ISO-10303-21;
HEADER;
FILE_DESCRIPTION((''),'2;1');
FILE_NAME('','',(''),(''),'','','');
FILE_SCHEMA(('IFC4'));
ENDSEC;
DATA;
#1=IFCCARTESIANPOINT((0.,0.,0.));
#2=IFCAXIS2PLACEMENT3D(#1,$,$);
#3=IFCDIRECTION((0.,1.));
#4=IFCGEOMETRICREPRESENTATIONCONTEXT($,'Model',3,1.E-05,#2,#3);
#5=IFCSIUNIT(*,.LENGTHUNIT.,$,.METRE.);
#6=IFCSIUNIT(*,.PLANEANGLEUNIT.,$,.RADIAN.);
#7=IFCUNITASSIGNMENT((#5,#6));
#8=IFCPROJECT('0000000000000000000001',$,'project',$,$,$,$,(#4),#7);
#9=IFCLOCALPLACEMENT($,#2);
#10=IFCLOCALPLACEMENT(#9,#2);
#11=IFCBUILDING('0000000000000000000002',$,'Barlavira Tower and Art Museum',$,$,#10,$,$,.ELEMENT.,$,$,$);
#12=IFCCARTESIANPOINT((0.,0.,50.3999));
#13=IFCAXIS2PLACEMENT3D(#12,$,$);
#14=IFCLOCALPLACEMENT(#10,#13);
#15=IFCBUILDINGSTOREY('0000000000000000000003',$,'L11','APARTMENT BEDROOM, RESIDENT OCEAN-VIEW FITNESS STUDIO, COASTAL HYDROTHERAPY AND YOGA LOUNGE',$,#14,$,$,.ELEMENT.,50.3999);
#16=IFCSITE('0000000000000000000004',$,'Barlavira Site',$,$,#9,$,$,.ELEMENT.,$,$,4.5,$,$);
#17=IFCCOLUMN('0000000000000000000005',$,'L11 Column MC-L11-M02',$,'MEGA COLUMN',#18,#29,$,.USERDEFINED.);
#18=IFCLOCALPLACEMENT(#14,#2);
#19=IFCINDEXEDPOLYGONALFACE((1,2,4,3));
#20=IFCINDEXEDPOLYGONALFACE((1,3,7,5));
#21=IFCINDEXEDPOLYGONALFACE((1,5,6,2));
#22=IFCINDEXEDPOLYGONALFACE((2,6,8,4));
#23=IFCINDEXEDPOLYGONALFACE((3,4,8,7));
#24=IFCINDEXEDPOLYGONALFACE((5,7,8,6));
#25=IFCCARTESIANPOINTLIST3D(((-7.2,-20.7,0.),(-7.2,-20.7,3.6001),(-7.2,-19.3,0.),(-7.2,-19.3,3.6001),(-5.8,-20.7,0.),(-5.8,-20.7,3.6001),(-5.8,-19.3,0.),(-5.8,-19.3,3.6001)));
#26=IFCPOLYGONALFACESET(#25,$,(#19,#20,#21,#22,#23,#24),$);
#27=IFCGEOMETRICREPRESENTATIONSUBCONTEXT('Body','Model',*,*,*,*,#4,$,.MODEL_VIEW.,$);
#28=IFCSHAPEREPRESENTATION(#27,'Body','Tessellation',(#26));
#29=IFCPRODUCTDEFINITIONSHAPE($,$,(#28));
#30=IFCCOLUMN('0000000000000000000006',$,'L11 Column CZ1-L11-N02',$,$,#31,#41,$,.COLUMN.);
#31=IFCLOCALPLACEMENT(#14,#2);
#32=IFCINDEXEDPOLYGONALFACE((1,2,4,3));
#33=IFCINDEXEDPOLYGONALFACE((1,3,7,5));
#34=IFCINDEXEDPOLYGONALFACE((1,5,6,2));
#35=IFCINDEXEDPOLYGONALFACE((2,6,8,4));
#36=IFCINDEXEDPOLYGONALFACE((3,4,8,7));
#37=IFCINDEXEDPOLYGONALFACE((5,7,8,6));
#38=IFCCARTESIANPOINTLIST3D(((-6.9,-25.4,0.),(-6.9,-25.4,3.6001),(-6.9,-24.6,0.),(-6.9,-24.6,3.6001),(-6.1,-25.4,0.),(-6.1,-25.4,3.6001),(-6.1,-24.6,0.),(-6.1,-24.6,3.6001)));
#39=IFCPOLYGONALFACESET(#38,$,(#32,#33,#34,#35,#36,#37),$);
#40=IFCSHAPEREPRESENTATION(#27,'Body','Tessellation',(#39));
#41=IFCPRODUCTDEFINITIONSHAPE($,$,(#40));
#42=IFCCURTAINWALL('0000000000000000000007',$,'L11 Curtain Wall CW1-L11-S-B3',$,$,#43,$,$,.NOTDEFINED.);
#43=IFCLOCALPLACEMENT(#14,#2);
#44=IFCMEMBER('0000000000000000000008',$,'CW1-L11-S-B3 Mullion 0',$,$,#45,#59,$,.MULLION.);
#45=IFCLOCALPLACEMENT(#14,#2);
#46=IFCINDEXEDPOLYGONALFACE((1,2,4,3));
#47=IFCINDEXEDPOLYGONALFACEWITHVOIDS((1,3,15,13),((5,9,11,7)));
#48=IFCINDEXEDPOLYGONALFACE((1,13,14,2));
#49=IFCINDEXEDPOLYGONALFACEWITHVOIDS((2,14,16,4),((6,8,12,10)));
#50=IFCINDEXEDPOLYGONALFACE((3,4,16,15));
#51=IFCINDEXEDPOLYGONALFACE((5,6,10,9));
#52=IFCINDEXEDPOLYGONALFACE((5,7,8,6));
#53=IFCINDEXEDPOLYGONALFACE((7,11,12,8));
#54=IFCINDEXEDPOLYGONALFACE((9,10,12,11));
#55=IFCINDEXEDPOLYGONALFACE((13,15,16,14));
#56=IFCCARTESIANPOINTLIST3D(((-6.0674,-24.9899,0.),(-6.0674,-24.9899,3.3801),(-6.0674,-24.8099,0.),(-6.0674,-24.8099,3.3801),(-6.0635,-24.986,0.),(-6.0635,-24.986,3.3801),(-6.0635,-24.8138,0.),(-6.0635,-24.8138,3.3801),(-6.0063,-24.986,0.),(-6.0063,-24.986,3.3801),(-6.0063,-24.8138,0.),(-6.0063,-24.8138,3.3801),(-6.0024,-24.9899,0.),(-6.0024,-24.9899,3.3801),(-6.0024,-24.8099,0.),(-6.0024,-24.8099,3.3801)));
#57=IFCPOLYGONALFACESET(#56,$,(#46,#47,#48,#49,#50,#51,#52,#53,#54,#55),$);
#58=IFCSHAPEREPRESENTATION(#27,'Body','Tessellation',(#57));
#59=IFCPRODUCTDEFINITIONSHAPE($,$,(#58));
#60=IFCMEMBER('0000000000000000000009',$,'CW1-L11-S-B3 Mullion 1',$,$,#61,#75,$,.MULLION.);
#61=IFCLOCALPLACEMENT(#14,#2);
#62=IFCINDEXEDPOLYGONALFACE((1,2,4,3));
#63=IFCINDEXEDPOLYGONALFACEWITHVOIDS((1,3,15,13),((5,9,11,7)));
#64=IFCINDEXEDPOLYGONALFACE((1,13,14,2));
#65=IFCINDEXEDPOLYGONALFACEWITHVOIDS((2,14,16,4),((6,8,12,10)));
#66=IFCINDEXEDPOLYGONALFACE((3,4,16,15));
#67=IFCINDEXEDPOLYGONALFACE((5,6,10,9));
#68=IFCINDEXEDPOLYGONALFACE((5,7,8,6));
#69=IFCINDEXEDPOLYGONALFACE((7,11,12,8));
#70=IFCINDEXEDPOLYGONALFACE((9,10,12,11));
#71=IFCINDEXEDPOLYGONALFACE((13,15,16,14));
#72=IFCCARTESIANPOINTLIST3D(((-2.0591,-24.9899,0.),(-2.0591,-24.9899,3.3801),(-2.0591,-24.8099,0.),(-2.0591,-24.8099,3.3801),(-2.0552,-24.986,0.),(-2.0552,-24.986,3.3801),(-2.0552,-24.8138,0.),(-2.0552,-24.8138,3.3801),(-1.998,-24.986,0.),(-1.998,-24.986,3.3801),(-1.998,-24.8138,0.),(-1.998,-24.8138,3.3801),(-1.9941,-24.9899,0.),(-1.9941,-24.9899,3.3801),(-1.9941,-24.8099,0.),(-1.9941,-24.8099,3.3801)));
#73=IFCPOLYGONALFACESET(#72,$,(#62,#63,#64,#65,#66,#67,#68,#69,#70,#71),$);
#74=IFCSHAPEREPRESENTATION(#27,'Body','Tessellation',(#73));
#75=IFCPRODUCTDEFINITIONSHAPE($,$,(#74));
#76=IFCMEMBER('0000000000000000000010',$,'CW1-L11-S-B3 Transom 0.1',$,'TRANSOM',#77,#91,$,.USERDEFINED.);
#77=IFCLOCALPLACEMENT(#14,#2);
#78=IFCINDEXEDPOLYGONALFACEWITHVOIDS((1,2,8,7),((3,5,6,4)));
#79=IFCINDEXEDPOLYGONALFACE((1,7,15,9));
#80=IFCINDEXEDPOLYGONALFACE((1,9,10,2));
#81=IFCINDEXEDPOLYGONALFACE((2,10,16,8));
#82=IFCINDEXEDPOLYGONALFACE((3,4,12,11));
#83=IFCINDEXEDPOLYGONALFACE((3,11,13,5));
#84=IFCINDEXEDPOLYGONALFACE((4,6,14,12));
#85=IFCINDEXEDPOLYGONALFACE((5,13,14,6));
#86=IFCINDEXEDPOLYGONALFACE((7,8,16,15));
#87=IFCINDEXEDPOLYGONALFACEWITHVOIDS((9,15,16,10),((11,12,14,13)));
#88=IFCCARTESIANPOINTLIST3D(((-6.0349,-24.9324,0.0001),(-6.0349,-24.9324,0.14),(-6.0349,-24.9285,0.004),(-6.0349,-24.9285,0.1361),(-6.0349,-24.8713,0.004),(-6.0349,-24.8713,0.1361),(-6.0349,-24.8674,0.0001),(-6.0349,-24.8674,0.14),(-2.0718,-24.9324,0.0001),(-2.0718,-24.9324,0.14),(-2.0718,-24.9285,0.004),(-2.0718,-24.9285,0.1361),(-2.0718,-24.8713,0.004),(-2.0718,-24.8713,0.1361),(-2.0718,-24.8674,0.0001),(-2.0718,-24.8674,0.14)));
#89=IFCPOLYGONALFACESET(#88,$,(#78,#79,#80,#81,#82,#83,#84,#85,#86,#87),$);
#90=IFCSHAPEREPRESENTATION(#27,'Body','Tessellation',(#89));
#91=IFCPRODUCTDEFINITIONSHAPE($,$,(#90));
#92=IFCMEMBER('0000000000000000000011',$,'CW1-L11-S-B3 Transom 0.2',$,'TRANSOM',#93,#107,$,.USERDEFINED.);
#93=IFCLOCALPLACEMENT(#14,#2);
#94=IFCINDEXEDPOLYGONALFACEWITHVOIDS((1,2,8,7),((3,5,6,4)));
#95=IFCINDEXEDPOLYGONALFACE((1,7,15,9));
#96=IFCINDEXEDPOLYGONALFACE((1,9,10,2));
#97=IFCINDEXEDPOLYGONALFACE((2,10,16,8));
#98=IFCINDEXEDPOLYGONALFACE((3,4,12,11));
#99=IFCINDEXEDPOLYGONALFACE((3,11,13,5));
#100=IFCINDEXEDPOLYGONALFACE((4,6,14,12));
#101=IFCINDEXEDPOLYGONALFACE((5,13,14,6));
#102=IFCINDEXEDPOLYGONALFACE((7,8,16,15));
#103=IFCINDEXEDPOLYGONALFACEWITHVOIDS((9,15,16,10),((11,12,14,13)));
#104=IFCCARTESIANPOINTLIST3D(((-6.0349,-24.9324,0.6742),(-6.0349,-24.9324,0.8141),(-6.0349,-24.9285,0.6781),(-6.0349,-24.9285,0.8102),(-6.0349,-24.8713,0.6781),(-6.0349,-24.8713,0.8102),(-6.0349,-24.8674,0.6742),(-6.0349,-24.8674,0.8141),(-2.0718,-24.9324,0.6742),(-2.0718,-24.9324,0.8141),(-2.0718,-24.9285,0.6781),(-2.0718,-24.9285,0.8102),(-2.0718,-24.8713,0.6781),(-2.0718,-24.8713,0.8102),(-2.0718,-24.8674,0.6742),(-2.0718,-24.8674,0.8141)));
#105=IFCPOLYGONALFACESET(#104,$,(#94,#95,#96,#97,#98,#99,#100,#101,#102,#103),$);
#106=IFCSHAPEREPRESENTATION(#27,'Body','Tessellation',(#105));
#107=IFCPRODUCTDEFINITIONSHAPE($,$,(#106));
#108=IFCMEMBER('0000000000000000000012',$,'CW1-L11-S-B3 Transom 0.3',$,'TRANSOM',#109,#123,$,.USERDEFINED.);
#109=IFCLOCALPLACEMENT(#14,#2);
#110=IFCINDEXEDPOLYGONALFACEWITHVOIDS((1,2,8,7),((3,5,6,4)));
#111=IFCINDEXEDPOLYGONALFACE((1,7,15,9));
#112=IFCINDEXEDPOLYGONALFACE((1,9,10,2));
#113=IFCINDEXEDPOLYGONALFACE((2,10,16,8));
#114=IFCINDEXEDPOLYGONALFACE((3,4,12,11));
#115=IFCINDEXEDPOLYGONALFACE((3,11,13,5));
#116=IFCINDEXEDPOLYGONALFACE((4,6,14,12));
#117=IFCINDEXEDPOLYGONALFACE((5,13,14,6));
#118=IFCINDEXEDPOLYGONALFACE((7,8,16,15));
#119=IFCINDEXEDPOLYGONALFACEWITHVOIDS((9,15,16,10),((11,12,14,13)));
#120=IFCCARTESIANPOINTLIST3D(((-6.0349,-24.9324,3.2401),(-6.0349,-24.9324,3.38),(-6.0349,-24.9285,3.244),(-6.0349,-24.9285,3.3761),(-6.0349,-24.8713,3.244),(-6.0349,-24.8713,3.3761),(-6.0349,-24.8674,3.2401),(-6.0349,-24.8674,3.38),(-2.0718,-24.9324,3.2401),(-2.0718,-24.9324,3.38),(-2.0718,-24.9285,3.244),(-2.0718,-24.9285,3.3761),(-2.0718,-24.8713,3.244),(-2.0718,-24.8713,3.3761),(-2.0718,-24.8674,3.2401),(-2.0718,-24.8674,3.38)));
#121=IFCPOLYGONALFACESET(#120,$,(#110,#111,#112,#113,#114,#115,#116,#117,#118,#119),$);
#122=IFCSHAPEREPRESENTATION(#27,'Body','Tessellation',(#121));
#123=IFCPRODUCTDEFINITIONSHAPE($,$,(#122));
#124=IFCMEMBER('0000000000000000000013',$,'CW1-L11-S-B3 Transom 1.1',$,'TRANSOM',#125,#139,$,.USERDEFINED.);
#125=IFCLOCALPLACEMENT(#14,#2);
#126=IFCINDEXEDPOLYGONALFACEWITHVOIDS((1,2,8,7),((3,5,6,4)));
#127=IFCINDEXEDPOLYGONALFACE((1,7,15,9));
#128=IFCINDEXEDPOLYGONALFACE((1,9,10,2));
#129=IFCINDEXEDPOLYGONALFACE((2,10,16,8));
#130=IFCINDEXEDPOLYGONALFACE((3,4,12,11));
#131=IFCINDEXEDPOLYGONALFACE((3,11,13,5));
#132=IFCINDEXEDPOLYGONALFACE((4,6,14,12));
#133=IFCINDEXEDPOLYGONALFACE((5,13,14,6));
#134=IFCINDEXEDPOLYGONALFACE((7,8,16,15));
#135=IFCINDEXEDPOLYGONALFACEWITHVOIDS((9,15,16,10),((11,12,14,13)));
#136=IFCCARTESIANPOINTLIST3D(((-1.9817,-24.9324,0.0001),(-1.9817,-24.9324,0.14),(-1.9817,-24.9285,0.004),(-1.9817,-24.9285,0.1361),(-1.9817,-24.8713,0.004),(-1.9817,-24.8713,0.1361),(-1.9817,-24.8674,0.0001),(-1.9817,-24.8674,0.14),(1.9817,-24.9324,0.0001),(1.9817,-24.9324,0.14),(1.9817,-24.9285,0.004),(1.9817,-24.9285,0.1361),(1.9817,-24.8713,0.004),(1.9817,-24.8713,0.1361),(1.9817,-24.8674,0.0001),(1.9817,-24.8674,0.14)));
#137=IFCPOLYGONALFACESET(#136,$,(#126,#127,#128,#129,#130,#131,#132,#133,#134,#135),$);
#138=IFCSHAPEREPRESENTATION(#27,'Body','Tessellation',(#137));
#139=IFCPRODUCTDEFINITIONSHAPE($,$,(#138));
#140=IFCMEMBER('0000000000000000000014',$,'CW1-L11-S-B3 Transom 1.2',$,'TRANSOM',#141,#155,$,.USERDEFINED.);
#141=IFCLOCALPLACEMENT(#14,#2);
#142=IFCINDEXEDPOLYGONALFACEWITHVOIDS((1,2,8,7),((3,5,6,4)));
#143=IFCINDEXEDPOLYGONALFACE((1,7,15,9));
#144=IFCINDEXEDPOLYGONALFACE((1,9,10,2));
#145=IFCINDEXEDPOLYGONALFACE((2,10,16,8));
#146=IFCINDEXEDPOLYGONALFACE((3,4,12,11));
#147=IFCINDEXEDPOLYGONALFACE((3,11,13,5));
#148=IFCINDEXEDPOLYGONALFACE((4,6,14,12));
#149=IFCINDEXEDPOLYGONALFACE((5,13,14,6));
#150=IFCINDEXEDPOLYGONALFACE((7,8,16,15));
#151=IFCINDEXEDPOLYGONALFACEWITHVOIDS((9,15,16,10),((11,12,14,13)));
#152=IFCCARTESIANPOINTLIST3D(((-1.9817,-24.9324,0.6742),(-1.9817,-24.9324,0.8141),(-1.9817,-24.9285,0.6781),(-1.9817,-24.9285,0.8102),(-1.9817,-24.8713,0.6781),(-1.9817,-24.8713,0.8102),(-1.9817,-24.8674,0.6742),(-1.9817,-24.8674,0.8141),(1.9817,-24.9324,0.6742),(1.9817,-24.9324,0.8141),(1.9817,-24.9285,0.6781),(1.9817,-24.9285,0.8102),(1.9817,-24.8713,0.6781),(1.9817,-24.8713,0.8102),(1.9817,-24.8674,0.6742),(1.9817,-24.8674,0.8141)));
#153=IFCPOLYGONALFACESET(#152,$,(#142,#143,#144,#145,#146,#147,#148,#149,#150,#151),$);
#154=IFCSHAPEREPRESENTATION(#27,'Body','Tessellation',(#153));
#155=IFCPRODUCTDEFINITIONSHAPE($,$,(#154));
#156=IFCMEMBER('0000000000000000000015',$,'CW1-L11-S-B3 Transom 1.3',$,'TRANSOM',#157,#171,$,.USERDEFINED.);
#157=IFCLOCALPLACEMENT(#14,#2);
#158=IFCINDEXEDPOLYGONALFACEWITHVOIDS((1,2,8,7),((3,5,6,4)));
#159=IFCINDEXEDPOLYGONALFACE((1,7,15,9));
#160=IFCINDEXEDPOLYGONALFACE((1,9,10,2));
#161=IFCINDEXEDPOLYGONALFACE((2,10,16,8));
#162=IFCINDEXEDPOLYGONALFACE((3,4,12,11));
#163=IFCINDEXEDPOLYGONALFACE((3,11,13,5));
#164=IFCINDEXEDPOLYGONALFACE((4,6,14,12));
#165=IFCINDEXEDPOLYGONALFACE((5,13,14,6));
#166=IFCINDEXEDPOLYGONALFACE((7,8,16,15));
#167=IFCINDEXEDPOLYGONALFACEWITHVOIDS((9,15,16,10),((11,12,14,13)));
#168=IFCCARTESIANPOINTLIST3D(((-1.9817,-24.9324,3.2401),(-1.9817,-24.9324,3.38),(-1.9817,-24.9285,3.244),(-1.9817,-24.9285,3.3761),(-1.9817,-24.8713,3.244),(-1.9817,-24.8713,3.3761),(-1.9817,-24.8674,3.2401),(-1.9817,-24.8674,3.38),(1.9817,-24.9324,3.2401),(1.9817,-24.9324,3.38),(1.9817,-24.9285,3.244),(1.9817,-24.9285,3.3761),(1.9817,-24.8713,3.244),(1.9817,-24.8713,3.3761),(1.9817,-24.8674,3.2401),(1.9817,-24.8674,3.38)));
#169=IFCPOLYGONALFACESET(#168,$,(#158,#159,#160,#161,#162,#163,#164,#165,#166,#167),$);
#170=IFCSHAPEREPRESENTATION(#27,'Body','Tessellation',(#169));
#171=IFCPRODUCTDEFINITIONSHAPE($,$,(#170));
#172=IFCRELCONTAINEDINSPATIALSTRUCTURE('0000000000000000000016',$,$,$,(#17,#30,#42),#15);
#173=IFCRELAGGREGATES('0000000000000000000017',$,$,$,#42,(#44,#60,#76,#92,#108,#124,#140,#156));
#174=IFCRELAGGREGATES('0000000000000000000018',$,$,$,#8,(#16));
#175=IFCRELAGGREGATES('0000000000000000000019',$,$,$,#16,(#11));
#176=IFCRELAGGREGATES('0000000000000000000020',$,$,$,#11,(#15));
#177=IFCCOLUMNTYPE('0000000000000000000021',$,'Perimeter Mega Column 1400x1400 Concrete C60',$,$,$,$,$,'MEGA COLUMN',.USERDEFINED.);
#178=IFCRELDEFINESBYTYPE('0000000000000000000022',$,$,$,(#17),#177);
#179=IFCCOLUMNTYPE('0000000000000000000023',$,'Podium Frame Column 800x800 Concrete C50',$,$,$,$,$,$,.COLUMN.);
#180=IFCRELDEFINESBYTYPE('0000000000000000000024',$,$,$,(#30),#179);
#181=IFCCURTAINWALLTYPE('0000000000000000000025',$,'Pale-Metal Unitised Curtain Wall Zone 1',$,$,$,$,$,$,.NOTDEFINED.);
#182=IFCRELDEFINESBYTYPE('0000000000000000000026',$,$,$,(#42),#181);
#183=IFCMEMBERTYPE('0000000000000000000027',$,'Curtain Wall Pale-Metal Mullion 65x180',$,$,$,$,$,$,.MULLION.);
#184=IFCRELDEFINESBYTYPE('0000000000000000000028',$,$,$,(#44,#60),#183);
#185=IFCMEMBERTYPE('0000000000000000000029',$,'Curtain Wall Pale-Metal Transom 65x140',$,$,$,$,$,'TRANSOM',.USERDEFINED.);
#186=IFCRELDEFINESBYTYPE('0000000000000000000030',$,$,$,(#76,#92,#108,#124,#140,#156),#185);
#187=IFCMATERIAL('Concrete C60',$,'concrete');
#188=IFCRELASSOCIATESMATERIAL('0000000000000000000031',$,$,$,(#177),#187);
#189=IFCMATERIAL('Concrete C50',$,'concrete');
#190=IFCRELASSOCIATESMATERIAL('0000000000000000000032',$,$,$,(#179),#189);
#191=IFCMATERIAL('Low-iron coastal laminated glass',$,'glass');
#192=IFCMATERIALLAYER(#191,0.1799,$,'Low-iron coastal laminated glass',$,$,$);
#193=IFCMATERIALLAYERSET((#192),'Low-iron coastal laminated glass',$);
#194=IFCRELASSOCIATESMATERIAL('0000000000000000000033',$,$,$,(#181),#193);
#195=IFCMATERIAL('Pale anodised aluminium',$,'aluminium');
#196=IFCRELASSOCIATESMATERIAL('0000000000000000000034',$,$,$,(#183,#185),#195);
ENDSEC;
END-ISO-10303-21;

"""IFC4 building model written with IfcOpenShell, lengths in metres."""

from ifc_helpers import new_model, si_unit, direction, frame, origin, origin_2d, place, context, subcontext, project, spatial, rectangle, hollow_rectangle, extrude, material, layer, layer_set, material_profile, profile_set, type_object, element, aggregate, save


model = new_model("IFC4")

# Units and contexts
model_context = context("Model", 3, precision=1e-05, world=origin(), true_north=direction((0.0, 1.0)))
body_context = subcontext(model_context, "Body", "Model", "MODEL_VIEW")
ifc_project = project(units=[si_unit("LENGTHUNIT", "METRE"), si_unit("PLANEANGLEUNIT", "RADIAN")], contexts=[model_context])

# Site, building, storey
site_placement = place(None, origin())
site = spatial("IfcSite", under=ifc_project, at=site_placement, Name="Barlavira Site", CompositionType="ELEMENT", RefElevation=4.5)
building_placement = place(site_placement, origin())
building = spatial("IfcBuilding", under=site, at=building_placement, Name="Barlavira Tower and Art Museum", CompositionType="ELEMENT")
storey_placement = place(building_placement, frame((0.0, 0.0, 50.3999)))
storey = spatial("IfcBuildingStorey", under=building, at=storey_placement, Name="L11", Description="APARTMENT BEDROOM, RESIDENT OCEAN-VIEW FITNESS STUDIO, COASTAL HYDROTHERAPY AND YOGA LOUNGE", CompositionType="ELEMENT", Elevation=50.3999)

# Columns
ifc_material_1 = material(Name="Concrete C60", Category="concrete")
ifc_material_profile_1 = material_profile(ifc_material_1, rectangle(XDim=1.3999, YDim=1.3999, at=origin_2d()), Name="RC-MCOL 1400x1400")
ifc_profile_set_1 = profile_set([ifc_material_profile_1], Name="Concrete C60")
column_type_1 = type_object("IfcColumnType", Name="Perimeter Mega Column 1400x1400 Concrete C60", ElementType="MEGA COLUMN", PredefinedType="USERDEFINED", material=ifc_profile_set_1)
column_1_placement = place(storey_placement, frame((-6.5, -20.0, 0.0), z_axis=(0.0, 0.0, 1.0), x_axis=(1.0, 0.0, 0.0)))
element("IfcColumn", 1, at=column_1_placement, inside=storey, type_object=column_type_1, Name="L11 Column MC-L11-M02", ObjectType="MEGA COLUMN", PredefinedType="USERDEFINED", context=body_context, shape_type="SweptSolid", body=[
    extrude(rectangle(XDim=1.3999, YDim=1.3999, at=origin_2d()), origin(), (0.0, 0.0, 1.0), 3.6001),
])
ifc_material_2 = material(Name="Concrete C50", Category="concrete")
ifc_material_profile_2 = material_profile(ifc_material_2, rectangle(XDim=0.8, YDim=0.8, at=origin_2d()), Name="RC-COL 800x800")
ifc_profile_set_2 = profile_set([ifc_material_profile_2], Name="Concrete C50")
column_type_2 = type_object("IfcColumnType", Name="Podium Frame Column 800x800 Concrete C50", PredefinedType="COLUMN", material=ifc_profile_set_2)
column_2_placement = place(storey_placement, frame((-6.5, -25.0, 0.0), z_axis=(0.0, 0.0, 1.0), x_axis=(1.0, 0.0, 0.0)))
element("IfcColumn", 2, at=column_2_placement, inside=storey, type_object=column_type_2, Name="L11 Column CZ1-L11-N02", PredefinedType="COLUMN", context=body_context, shape_type="SweptSolid", body=[
    extrude(rectangle(XDim=0.8, YDim=0.8, at=origin_2d()), origin(), (0.0, 0.0, 1.0), 3.6001),
])

# Curtain wall, members
ifc_material_3 = material(Name="Low-iron coastal laminated glass", Category="glass")
ifc_layer_1 = layer(ifc_material_3, 0.1799, Name="Low-iron coastal laminated glass")
ifc_layer_set_1 = layer_set([ifc_layer_1], Name="Low-iron coastal laminated glass")
curtain_wall_type = type_object("IfcCurtainWallType", Name="Pale-Metal Unitised Curtain Wall Zone 1", PredefinedType="NOTDEFINED", material=ifc_layer_set_1)
curtain_wall_placement = place(storey_placement, origin())
curtain_wall = element("IfcCurtainWall", 3, at=curtain_wall_placement, inside=storey, type_object=curtain_wall_type, Name="L11 Curtain Wall CW1-L11-S-B3", PredefinedType="NOTDEFINED")
ifc_material_4 = material(Name="Pale anodised aluminium", Category="aluminium")
ifc_material_profile_3 = material_profile(ifc_material_4, hollow_rectangle(XDim=0.0649, YDim=0.1799, WallThickness=0.0039, at=origin_2d()), Name="ALU-MULL 65x180x4")
ifc_profile_set_3 = profile_set([ifc_material_profile_3], Name="Pale anodised aluminium")
member_type_1 = type_object("IfcMemberType", Name="Curtain Wall Pale-Metal Mullion 65x180", PredefinedType="MULLION", material=ifc_profile_set_3)
member_1_placement = place(storey_placement, frame((-6.0349, -24.8999, 0.0), z_axis=(0.0, 0.0, 1.0), x_axis=(1.0, 0.0, 0.0)))
member_1 = element("IfcMember", 4, at=member_1_placement, type_object=member_type_1, Name="CW1-L11-S-B3 Mullion 0", PredefinedType="MULLION", context=body_context, shape_type="SweptSolid", body=[
    extrude(hollow_rectangle(XDim=0.0649, YDim=0.1799, WallThickness=0.0039, at=origin_2d()), origin(), (0.0, 0.0, 1.0), 3.3801),
])
member_2_placement = place(storey_placement, frame((-2.0266, -24.8999, 0.0), z_axis=(0.0, 0.0, 1.0), x_axis=(1.0, 0.0, 0.0)))
member_2 = element("IfcMember", 5, at=member_2_placement, type_object=member_type_1, Name="CW1-L11-S-B3 Mullion 1", PredefinedType="MULLION", context=body_context, shape_type="SweptSolid", body=[
    extrude(hollow_rectangle(XDim=0.0649, YDim=0.1799, WallThickness=0.0039, at=origin_2d()), origin(), (0.0, 0.0, 1.0), 3.3801),
])
ifc_material_profile_4 = material_profile(ifc_material_4, hollow_rectangle(XDim=0.0649, YDim=0.1399, WallThickness=0.0039, at=origin_2d()), Name="ALU-TRAN 65x140x4")
ifc_profile_set_4 = profile_set([ifc_material_profile_4], Name="Pale anodised aluminium")
member_type_2 = type_object("IfcMemberType", Name="Curtain Wall Pale-Metal Transom 65x140", ElementType="TRANSOM", PredefinedType="USERDEFINED", material=ifc_profile_set_4)
member_3_placement = place(storey_placement, frame((-6.0349, -24.8999, 0.0701), z_axis=(1.0, 0.0, 0.0), x_axis=(0.0, 1.0, 0.0)))
member_3 = element("IfcMember", 6, at=member_3_placement, type_object=member_type_2, Name="CW1-L11-S-B3 Transom 0.1", ObjectType="TRANSOM", PredefinedType="USERDEFINED", context=body_context, shape_type="SweptSolid", body=[
    extrude(hollow_rectangle(XDim=0.0649, YDim=0.1399, WallThickness=0.0039, at=origin_2d()), origin(), (0.0, 0.0, 1.0), 3.9631),
])
member_4_placement = place(storey_placement, frame((-6.0349, -24.8999, 0.7441), z_axis=(1.0, 0.0, 0.0), x_axis=(0.0, 1.0, 0.0)))
member_4 = element("IfcMember", 7, at=member_4_placement, type_object=member_type_2, Name="CW1-L11-S-B3 Transom 0.2", ObjectType="TRANSOM", PredefinedType="USERDEFINED", context=body_context, shape_type="SweptSolid", body=[
    extrude(hollow_rectangle(XDim=0.0649, YDim=0.1399, WallThickness=0.0039, at=origin_2d()), origin(), (0.0, 0.0, 1.0), 3.9631),
])
member_5_placement = place(storey_placement, frame((-6.0349, -24.8999, 3.3101), z_axis=(1.0, 0.0, 0.0), x_axis=(0.0, 1.0, 0.0)))
member_5 = element("IfcMember", 8, at=member_5_placement, type_object=member_type_2, Name="CW1-L11-S-B3 Transom 0.3", ObjectType="TRANSOM", PredefinedType="USERDEFINED", context=body_context, shape_type="SweptSolid", body=[
    extrude(hollow_rectangle(XDim=0.0649, YDim=0.1399, WallThickness=0.0039, at=origin_2d()), origin(), (0.0, 0.0, 1.0), 3.9631),
])
member_6_placement = place(storey_placement, frame((-1.9817, -24.8999, 0.0701), z_axis=(1.0, 0.0, 0.0), x_axis=(0.0, 1.0, 0.0)))
member_6 = element("IfcMember", 9, at=member_6_placement, type_object=member_type_2, Name="CW1-L11-S-B3 Transom 1.1", ObjectType="TRANSOM", PredefinedType="USERDEFINED", context=body_context, shape_type="SweptSolid", body=[
    extrude(hollow_rectangle(XDim=0.0649, YDim=0.1399, WallThickness=0.0039, at=origin_2d()), origin(), (0.0, 0.0, 1.0), 3.9634),
])
member_7_placement = place(storey_placement, frame((-1.9817, -24.8999, 0.7441), z_axis=(1.0, 0.0, 0.0), x_axis=(0.0, 1.0, 0.0)))
member_7 = element("IfcMember", 10, at=member_7_placement, type_object=member_type_2, Name="CW1-L11-S-B3 Transom 1.2", ObjectType="TRANSOM", PredefinedType="USERDEFINED", context=body_context, shape_type="SweptSolid", body=[
    extrude(hollow_rectangle(XDim=0.0649, YDim=0.1399, WallThickness=0.0039, at=origin_2d()), origin(), (0.0, 0.0, 1.0), 3.9634),
])
member_8_placement = place(storey_placement, frame((-1.9817, -24.8999, 3.3101), z_axis=(1.0, 0.0, 0.0), x_axis=(0.0, 1.0, 0.0)))
member_8 = element("IfcMember", 11, at=member_8_placement, type_object=member_type_2, Name="CW1-L11-S-B3 Transom 1.3", ObjectType="TRANSOM", PredefinedType="USERDEFINED", context=body_context, shape_type="SweptSolid", body=[
    extrude(hollow_rectangle(XDim=0.0649, YDim=0.1399, WallThickness=0.0039, at=origin_2d()), origin(), (0.0, 0.0, 1.0), 3.9634),
])

aggregate(curtain_wall, [member_1, member_2, member_3, member_4, member_5, member_6, member_7, member_8])

save(model, "model.ifc")
